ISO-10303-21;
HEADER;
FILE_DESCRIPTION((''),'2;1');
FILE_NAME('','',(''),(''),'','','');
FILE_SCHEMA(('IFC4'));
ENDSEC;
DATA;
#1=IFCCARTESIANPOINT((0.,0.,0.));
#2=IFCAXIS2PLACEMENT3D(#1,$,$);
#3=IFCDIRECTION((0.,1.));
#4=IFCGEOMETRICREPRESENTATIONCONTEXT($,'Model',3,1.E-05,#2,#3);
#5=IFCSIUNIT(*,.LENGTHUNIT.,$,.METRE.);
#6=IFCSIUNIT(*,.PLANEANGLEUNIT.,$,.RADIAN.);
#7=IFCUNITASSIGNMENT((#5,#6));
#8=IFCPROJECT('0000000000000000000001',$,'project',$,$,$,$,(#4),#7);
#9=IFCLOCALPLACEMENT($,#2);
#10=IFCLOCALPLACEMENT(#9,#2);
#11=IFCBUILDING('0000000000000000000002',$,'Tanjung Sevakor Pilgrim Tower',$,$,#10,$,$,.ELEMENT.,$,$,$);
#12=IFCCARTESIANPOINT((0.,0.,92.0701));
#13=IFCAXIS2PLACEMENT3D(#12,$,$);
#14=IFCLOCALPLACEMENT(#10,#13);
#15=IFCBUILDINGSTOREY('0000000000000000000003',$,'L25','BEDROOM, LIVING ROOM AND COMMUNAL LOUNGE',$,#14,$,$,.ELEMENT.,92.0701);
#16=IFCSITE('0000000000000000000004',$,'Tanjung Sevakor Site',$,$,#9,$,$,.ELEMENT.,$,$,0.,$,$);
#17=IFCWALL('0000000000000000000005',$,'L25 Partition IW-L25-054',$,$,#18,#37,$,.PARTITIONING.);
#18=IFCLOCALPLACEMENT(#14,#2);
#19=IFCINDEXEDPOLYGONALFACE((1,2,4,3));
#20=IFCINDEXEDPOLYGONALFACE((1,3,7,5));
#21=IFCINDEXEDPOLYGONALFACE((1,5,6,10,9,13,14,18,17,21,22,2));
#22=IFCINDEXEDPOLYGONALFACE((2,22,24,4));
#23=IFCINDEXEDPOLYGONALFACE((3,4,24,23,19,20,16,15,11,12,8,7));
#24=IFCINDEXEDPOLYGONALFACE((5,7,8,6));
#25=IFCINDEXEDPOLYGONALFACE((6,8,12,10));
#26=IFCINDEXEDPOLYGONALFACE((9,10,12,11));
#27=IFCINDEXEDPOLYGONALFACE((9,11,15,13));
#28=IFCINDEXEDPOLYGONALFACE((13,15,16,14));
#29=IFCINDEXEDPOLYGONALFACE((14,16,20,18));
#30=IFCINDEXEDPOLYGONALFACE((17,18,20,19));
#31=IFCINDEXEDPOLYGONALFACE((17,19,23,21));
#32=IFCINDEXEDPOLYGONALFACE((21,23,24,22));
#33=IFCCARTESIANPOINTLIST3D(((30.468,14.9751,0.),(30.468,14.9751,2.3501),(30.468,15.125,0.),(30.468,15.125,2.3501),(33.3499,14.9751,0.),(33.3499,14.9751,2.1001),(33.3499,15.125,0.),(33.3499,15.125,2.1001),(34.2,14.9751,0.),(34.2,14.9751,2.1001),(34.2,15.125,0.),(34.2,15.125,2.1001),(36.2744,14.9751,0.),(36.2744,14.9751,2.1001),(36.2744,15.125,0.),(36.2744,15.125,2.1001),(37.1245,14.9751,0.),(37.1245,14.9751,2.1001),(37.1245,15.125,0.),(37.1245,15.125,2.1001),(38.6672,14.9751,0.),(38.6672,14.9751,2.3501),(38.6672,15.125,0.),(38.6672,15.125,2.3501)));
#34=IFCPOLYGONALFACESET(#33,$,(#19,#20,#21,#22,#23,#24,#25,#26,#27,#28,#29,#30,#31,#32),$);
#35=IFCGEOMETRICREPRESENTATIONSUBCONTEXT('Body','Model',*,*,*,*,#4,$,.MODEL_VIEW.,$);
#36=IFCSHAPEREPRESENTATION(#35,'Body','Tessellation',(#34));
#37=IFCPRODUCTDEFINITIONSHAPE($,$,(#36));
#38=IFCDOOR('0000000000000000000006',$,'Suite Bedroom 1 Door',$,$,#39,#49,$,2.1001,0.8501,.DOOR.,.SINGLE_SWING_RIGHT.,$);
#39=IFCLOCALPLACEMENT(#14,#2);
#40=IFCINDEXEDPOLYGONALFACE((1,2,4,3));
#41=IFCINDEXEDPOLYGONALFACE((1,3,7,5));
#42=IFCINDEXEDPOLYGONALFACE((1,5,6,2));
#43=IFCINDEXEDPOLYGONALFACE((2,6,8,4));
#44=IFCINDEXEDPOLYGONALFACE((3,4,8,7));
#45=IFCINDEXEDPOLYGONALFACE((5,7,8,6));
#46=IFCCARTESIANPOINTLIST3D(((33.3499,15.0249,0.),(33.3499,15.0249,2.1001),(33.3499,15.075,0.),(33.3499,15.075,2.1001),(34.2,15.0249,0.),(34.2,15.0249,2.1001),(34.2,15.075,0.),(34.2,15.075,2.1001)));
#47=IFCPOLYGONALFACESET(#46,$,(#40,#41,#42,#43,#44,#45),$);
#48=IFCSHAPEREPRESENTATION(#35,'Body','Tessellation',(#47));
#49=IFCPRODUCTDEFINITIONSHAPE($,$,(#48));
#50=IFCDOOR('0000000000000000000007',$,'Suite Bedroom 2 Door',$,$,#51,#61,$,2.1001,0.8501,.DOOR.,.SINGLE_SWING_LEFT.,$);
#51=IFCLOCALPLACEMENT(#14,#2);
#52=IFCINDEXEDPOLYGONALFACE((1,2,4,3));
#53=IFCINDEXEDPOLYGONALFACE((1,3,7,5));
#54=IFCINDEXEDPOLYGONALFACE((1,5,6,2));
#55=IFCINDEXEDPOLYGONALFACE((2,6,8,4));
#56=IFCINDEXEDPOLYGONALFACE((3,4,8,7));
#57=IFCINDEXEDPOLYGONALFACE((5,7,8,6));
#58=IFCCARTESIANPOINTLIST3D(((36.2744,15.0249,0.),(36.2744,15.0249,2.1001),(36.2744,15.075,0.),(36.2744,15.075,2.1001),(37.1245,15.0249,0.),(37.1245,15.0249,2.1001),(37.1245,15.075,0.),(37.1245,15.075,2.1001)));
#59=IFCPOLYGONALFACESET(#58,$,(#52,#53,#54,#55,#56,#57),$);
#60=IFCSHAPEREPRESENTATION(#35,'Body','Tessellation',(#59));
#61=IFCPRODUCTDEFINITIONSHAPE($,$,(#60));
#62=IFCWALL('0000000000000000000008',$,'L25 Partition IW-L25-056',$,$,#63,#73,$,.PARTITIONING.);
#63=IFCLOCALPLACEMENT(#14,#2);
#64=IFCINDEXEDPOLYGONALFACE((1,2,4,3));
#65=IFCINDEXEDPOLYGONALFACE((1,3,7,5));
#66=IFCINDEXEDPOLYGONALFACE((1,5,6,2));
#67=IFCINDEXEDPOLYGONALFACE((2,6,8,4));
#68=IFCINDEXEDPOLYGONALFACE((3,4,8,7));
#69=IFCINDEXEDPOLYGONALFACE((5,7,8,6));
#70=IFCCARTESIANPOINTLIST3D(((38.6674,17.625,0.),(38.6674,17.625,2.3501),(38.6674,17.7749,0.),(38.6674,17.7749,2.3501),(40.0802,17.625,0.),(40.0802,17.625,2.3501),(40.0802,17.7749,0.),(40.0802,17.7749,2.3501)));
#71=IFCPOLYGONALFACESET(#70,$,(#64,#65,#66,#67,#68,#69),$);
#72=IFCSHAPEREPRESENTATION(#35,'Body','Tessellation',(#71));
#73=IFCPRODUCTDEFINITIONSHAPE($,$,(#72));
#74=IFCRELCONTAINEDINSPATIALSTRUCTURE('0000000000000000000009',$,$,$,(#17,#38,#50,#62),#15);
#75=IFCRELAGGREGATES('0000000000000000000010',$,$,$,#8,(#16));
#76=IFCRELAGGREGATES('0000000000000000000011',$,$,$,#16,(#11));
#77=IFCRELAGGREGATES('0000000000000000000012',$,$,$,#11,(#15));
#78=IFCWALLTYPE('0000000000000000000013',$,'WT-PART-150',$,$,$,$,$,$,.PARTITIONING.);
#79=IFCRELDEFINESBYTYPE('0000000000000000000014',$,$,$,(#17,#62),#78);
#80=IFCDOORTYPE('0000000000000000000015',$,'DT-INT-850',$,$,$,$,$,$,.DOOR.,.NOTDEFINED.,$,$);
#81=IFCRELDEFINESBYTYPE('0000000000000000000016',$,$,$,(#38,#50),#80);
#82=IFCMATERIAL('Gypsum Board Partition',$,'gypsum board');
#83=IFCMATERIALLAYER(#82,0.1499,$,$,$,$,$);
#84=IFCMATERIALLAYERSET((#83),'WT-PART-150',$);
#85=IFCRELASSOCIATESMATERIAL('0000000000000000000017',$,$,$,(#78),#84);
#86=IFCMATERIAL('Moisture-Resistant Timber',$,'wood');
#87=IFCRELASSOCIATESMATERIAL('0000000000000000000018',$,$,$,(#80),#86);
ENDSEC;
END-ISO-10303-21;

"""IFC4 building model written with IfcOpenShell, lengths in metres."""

from ifc_helpers import new_model, si_unit, direction, frame, frame_2d, origin, place, context, subcontext, project, spatial, rectangle, extrude, material, layer, layer_set, type_object, element, fill, save


model = new_model("IFC4")

# Units and contexts
model_context = context("Model", 3, precision=1e-05, world=origin(), true_north=direction((0.0, 1.0)))
body_context = subcontext(model_context, "Body", "Model", "MODEL_VIEW")
ifc_project = project(units=[si_unit("LENGTHUNIT", "METRE"), si_unit("PLANEANGLEUNIT", "RADIAN")], contexts=[model_context])

# Site, building, storey
site_placement = place(None, origin())
site = spatial("IfcSite", under=ifc_project, at=site_placement, Name="Tanjung Sevakor Site", CompositionType="ELEMENT", RefElevation=0.0)
building_placement = place(site_placement, origin())
building = spatial("IfcBuilding", under=site, at=building_placement, Name="Tanjung Sevakor Pilgrim Tower", CompositionType="ELEMENT")
storey_placement = place(building_placement, frame((0.0, 0.0, 92.0701)))
storey = spatial("IfcBuildingStorey", under=building, at=storey_placement, Name="L25", Description="BEDROOM, LIVING ROOM AND COMMUNAL LOUNGE", CompositionType="ELEMENT", Elevation=92.0701)

# Shared definitions
ifc_material_1 = material(Name="Gypsum Board Partition", Category="gypsum board")
ifc_layer_1 = layer(ifc_material_1, 0.1499)
ifc_layer_set_1 = layer_set([ifc_layer_1], Name="WT-PART-150")
wall_type_1 = type_object("IfcWallType", Name="WT-PART-150", PredefinedType="PARTITIONING", material=ifc_layer_set_1)

# Wall, openings, doors
ifc_material_2 = material(Name="Moisture-Resistant Timber", Category="wood")
door_type_1 = type_object("IfcDoorType", Name="DT-INT-850", OperationType="NOTDEFINED", PredefinedType="DOOR", material=ifc_material_2)
wall_1_placement = place(storey_placement, frame((30.468, 15.05, 0.0), z_axis=(0.0, 0.0, 1.0), x_axis=(1.0, 0.0, 0.0)))
wall_1 = element("IfcWall", 1, at=wall_1_placement, inside=storey, type_object=wall_type_1, Name="L25 Partition IW-L25-054", PredefinedType="PARTITIONING", context=body_context, shape_type="SweptSolid", body=[
    extrude(rectangle(XDim=8.1992, YDim=0.1499, at=frame_2d((4.0996, 0.0))), origin(), (0.0, 0.0, 1.0), 2.3501),
])
opening_1_placement = place(wall_1_placement, frame((2.8818, 0.0, 0.0)))
opening_1 = element("IfcOpeningElement", 2, at=opening_1_placement, cuts=wall_1, PredefinedType="OPENING", context=body_context, shape_type="SweptSolid", body=[
    extrude(rectangle(XDim=0.8501, YDim=2.1001, at=frame_2d((0.425, 1.05))), frame((0.0, 0.085, 0.0), z_axis=(0.0, -1.0, 0.0), x_axis=(1.0, 0.0, 0.0)), (0.0, 0.0, 1.0), 0.1699),
])
opening_2_placement = place(wall_1_placement, frame((5.8064, 0.0, 0.0)))
opening_2 = element("IfcOpeningElement", 3, at=opening_2_placement, cuts=wall_1, PredefinedType="OPENING", context=body_context, shape_type="SweptSolid", body=[
    extrude(rectangle(XDim=0.8501, YDim=2.1001, at=frame_2d((0.425, 1.05))), frame((0.0, 0.085, 0.0), z_axis=(0.0, -1.0, 0.0), x_axis=(1.0, 0.0, 0.0)), (0.0, 0.0, 1.0), 0.1699),
])
door_1_placement = place(opening_1_placement, origin())
door_1 = element("IfcDoor", 4, at=door_1_placement, inside=storey, type_object=door_type_1, Name="Suite Bedroom 1 Door", OperationType="SINGLE_SWING_RIGHT", OverallHeight=2.1001, OverallWidth=0.8501, PredefinedType="DOOR", context=body_context, shape_type="SweptSolid", body=[
    extrude(rectangle(XDim=0.8501, YDim=2.1001, at=frame_2d((0.425, 1.05))), frame((0.0, 0.0249, 0.0), z_axis=(0.0, -1.0, 0.0), x_axis=(1.0, 0.0, 0.0)), (0.0, 0.0, 1.0), 0.05),
])
fill(opening_1, door_1)
door_2_placement = place(opening_2_placement, origin())
door_2 = element("IfcDoor", 5, at=door_2_placement, inside=storey, type_object=door_type_1, Name="Suite Bedroom 2 Door", OperationType="SINGLE_SWING_LEFT", OverallHeight=2.1001, OverallWidth=0.8501, PredefinedType="DOOR", context=body_context, shape_type="SweptSolid", body=[
    extrude(rectangle(XDim=0.8501, YDim=2.1001, at=frame_2d((0.425, 1.05))), frame((0.0, 0.0249, 0.0), z_axis=(0.0, -1.0, 0.0), x_axis=(1.0, 0.0, 0.0)), (0.0, 0.0, 1.0), 0.05),
])
fill(opening_2, door_2)

# Wall
wall_2_placement = place(storey_placement, frame((38.6672, 17.7, 0.0), z_axis=(0.0, 0.0, 1.0), x_axis=(1.0, 0.0, 0.0)))
element("IfcWall", 6, at=wall_2_placement, inside=storey, type_object=wall_type_1, Name="L25 Partition IW-L25-056", PredefinedType="PARTITIONING", context=body_context, shape_type="SweptSolid", body=[
    extrude(rectangle(XDim=1.4128, YDim=0.1499, at=frame_2d((0.7065, 0.0))), origin(), (0.0, 0.0, 1.0), 2.3501),
])

save(model, "model.ifc")
